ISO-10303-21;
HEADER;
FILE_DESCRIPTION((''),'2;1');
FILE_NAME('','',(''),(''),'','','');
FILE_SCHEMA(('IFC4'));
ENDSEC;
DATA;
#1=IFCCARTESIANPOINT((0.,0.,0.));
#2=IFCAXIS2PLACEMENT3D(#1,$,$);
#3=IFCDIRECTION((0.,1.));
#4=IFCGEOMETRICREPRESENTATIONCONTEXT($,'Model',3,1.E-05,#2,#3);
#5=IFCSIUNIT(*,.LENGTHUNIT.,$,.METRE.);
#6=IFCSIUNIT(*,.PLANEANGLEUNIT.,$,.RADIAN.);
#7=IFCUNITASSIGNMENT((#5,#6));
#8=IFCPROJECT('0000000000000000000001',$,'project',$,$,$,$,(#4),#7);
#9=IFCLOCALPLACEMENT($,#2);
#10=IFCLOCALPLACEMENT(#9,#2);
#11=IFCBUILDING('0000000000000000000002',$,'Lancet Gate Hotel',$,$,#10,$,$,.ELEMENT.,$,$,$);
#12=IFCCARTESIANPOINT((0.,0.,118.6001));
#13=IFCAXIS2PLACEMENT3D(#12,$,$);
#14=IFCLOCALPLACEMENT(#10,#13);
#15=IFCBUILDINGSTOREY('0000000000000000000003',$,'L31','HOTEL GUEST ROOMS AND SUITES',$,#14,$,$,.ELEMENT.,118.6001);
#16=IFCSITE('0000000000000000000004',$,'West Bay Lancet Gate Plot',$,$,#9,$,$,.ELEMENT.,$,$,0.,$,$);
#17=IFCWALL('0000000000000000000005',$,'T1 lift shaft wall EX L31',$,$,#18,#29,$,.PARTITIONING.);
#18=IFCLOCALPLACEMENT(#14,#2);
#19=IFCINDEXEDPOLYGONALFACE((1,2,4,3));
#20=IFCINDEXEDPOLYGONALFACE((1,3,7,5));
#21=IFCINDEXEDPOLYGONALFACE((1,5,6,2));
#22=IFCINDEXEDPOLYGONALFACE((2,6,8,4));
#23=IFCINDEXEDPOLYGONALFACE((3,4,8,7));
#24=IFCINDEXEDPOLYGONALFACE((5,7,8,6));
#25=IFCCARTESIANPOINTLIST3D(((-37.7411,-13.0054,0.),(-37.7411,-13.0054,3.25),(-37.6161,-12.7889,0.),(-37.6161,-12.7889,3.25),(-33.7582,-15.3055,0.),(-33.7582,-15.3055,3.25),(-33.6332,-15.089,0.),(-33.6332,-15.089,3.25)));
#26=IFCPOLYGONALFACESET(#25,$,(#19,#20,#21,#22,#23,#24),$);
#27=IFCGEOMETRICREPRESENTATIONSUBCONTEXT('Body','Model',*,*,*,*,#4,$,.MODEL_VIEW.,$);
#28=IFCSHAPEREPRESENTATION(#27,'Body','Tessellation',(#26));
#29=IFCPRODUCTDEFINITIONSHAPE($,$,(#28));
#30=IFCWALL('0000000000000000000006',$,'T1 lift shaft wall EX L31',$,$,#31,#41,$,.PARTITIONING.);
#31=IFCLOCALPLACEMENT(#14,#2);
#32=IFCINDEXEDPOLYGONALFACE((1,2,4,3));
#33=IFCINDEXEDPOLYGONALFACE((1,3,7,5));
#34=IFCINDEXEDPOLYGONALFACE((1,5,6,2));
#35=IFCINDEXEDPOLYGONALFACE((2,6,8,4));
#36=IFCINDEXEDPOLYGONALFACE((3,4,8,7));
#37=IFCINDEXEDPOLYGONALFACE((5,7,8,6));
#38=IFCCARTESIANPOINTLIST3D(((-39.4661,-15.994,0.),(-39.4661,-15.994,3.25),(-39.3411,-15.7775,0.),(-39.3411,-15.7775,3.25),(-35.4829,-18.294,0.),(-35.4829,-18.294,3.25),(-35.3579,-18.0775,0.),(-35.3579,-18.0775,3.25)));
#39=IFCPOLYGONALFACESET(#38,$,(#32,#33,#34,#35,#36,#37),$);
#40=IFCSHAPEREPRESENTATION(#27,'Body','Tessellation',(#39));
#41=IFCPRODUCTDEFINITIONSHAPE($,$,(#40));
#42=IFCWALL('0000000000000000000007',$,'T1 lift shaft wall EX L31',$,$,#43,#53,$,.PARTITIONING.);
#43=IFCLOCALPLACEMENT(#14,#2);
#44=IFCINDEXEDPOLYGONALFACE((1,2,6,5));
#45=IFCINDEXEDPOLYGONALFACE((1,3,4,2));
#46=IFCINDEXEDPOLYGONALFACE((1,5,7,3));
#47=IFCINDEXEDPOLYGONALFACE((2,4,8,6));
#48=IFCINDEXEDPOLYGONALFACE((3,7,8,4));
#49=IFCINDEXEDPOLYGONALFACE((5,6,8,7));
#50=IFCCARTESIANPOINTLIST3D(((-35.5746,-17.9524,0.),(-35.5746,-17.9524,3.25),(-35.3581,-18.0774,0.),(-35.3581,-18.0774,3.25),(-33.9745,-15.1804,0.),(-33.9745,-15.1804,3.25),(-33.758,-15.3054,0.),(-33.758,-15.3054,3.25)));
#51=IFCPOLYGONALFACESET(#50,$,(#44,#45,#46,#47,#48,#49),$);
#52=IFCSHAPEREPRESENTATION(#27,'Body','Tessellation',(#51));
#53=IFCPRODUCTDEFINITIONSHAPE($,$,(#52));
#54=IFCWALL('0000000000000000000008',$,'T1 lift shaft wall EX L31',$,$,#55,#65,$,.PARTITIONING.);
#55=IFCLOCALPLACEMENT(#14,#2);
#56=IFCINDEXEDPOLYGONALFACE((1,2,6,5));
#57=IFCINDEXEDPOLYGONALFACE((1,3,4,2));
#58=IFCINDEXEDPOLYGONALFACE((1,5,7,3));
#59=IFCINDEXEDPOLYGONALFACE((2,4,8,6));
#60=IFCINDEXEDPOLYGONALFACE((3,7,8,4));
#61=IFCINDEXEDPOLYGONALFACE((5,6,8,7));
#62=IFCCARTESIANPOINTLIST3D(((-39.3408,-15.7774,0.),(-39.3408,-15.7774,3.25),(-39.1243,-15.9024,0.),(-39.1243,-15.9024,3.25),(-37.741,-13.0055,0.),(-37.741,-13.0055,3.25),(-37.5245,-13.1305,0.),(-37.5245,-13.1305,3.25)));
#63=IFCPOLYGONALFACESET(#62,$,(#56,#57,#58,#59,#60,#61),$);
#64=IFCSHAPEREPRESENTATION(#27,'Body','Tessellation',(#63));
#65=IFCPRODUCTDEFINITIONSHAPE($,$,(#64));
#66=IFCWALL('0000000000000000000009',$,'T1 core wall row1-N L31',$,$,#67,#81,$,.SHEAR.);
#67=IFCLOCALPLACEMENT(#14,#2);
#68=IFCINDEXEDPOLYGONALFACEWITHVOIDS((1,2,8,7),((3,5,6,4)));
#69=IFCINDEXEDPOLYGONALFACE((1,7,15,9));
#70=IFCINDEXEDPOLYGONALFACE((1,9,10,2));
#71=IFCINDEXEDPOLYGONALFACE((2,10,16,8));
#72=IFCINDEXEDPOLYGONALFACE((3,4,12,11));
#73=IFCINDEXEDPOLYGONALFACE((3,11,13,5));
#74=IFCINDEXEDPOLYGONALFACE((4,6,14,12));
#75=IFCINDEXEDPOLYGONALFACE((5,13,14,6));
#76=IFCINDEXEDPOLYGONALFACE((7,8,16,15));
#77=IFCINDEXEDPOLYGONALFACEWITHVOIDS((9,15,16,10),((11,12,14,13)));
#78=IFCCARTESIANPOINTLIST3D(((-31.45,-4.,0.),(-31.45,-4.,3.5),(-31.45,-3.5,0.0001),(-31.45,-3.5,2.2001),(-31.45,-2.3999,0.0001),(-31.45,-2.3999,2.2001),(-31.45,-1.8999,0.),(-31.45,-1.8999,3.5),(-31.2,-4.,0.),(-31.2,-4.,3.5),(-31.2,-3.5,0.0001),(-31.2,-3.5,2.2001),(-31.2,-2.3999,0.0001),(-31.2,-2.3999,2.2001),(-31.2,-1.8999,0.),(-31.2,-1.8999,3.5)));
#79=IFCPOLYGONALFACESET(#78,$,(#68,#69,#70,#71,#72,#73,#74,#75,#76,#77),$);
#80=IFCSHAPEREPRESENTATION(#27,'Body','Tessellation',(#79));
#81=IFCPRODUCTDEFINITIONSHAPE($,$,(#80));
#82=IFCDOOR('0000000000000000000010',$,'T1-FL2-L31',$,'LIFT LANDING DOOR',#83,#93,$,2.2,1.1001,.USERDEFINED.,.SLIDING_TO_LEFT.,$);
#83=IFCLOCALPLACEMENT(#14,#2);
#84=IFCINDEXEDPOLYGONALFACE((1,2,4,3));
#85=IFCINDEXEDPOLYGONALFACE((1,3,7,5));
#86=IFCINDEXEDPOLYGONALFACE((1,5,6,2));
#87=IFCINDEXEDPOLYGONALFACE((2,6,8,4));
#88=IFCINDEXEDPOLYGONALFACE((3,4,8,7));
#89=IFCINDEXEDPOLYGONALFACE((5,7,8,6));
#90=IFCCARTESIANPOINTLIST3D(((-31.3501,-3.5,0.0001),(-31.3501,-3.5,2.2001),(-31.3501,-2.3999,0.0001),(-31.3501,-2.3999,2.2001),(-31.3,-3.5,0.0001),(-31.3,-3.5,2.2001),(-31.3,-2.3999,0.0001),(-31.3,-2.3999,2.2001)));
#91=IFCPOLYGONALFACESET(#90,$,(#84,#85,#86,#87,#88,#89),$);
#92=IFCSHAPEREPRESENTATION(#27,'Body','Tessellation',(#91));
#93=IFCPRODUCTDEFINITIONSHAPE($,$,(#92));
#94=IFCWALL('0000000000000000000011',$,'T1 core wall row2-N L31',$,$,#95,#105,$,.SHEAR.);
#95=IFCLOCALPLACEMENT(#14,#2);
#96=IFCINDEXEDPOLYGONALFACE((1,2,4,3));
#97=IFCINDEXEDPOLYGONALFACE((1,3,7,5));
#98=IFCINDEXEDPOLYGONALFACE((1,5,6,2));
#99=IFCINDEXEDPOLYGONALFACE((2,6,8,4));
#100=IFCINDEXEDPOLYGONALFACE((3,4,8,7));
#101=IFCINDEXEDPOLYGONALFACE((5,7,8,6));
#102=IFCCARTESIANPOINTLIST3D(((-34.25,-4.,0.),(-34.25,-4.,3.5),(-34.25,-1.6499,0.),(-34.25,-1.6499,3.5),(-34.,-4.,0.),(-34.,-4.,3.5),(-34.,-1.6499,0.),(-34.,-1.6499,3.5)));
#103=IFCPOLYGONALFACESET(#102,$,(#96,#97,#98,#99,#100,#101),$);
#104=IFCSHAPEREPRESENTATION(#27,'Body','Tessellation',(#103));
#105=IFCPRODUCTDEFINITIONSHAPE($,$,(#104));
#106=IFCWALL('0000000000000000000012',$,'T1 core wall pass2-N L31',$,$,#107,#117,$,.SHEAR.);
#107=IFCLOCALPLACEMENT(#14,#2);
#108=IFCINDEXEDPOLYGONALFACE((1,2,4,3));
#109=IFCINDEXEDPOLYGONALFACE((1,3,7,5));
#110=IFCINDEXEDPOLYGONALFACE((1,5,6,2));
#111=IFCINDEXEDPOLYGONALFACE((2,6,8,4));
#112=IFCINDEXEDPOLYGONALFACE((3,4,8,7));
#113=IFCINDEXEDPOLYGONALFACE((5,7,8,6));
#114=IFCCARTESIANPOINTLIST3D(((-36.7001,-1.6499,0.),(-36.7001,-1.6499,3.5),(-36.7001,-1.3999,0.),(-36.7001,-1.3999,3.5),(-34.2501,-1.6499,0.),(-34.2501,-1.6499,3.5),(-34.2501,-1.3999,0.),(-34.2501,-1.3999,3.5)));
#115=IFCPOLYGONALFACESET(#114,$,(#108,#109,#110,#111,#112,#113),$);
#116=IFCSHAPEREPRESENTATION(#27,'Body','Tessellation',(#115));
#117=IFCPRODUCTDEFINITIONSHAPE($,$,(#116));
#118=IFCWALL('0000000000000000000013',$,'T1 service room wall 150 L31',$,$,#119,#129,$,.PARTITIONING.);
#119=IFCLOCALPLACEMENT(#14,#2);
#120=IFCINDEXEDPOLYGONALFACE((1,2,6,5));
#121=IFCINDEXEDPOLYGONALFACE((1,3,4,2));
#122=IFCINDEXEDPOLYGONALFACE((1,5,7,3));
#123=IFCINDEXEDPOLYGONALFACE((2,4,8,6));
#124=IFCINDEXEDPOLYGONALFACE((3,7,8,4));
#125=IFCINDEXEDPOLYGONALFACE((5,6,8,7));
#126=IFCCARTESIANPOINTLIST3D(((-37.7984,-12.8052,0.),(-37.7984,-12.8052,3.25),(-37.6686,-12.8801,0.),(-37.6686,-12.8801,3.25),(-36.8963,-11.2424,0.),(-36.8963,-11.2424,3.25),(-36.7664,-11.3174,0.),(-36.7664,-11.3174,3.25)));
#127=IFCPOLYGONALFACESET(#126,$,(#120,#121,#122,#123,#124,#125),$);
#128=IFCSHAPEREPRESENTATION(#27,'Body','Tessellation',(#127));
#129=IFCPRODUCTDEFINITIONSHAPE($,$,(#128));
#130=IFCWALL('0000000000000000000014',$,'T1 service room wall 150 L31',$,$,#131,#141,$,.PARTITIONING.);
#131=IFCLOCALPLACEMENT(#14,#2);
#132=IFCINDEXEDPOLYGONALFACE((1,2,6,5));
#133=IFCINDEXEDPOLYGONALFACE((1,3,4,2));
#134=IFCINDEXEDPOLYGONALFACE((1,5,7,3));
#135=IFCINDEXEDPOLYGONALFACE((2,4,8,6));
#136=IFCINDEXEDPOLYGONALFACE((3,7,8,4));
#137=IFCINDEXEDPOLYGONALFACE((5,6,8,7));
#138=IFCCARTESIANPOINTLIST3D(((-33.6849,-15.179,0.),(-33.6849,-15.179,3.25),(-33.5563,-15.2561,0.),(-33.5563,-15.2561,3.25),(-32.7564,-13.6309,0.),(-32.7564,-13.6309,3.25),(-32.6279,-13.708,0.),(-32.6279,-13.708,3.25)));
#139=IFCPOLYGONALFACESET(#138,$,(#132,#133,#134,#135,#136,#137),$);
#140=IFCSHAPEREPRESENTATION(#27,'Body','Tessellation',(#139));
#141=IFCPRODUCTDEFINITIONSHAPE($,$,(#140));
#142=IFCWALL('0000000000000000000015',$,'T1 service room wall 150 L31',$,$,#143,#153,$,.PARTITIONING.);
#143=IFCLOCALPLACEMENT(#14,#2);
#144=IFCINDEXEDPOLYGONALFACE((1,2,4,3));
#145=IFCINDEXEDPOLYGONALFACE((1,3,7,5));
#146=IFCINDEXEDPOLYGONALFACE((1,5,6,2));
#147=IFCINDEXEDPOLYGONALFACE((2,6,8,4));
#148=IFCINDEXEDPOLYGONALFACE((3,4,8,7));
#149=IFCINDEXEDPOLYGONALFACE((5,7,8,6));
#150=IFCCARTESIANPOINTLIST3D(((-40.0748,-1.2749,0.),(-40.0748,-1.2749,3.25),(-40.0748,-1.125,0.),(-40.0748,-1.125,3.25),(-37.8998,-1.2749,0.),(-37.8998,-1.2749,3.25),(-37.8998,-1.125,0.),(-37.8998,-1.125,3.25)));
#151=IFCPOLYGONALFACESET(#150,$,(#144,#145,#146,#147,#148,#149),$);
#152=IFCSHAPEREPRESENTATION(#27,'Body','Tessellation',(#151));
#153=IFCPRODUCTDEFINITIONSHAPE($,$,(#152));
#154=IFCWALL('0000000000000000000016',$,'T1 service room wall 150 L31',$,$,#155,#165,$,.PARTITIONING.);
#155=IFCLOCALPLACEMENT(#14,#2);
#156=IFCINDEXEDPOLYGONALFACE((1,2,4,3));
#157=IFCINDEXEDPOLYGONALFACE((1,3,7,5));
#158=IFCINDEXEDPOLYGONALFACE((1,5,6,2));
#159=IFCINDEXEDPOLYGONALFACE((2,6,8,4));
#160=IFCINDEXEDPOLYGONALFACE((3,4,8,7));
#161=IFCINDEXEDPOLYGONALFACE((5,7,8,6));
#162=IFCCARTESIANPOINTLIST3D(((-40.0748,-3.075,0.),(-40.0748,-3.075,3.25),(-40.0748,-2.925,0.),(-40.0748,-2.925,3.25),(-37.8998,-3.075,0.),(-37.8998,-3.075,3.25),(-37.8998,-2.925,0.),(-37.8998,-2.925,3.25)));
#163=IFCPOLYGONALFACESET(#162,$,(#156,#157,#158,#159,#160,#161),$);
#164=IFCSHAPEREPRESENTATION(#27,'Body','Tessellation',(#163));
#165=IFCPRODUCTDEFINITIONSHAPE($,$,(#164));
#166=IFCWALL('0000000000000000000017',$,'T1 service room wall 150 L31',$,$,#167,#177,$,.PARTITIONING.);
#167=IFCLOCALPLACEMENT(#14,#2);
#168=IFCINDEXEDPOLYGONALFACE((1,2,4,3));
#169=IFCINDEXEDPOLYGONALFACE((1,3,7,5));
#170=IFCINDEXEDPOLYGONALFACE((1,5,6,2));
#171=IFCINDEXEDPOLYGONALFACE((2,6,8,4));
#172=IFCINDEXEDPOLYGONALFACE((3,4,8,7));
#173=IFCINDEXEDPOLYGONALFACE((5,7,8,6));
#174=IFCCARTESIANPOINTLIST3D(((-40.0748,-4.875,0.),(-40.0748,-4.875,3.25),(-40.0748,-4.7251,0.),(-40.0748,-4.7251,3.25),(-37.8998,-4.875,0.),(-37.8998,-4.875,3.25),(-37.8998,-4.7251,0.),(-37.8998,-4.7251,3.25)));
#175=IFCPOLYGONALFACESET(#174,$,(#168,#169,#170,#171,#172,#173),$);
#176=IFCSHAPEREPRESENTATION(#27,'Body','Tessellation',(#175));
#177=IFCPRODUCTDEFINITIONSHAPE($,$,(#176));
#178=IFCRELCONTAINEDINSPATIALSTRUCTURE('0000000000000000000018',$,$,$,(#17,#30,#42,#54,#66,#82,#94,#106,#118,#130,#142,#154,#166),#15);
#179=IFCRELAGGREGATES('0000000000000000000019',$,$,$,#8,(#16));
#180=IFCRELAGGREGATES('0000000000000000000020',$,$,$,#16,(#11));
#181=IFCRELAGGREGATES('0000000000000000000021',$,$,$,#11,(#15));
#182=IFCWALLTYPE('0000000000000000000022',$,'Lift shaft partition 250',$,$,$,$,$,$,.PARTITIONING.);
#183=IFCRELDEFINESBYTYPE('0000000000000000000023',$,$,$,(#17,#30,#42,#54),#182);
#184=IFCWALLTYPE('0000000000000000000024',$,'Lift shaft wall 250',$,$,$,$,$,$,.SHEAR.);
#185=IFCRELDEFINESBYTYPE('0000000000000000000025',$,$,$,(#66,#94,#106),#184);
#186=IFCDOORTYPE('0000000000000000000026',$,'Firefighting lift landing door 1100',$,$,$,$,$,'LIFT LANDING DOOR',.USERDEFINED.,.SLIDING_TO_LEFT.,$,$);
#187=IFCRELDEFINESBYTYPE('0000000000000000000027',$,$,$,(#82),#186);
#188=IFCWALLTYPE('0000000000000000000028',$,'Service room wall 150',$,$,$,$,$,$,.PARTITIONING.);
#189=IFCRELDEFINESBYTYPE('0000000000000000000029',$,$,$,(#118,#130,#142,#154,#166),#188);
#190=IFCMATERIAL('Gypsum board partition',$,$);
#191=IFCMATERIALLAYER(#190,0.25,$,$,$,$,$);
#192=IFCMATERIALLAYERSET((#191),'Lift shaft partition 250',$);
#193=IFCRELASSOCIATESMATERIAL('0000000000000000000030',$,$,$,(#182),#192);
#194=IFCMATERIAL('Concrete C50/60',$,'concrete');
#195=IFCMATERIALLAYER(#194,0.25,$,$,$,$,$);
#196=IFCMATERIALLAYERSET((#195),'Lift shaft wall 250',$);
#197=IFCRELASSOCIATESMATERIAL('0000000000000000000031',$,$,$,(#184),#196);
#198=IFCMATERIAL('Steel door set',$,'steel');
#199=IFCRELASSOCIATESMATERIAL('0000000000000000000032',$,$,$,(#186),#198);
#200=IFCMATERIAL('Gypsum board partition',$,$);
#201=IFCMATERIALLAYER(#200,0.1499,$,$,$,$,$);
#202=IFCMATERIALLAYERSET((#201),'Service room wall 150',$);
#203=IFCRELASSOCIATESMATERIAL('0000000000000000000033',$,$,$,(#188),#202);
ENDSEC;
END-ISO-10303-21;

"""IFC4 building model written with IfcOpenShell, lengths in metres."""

from ifc_helpers import new_model, si_unit, direction, frame, frame_2d, origin, place, context, subcontext, project, spatial, rectangle, extrude, material, layer, layer_set, type_object, element, fill, save


model = new_model("IFC4")

# Units and contexts
model_context = context("Model", 3, precision=1e-05, world=origin(), true_north=direction((0.0, 1.0)))
body_context = subcontext(model_context, "Body", "Model", "MODEL_VIEW")
ifc_project = project(units=[si_unit("LENGTHUNIT", "METRE"), si_unit("PLANEANGLEUNIT", "RADIAN")], contexts=[model_context])

# Site, building, storey
site_placement = place(None, origin())
site = spatial("IfcSite", under=ifc_project, at=site_placement, Name="West Bay Lancet Gate Plot", CompositionType="ELEMENT", RefElevation=0.0)
building_placement = place(site_placement, origin())
building = spatial("IfcBuilding", under=site, at=building_placement, Name="Lancet Gate Hotel", CompositionType="ELEMENT")
storey_placement = place(building_placement, frame((0.0, 0.0, 118.6001)))
storey = spatial("IfcBuildingStorey", under=building, at=storey_placement, Name="L31", Description="HOTEL GUEST ROOMS AND SUITES", CompositionType="ELEMENT", Elevation=118.6001)

# Walls
ifc_material_1 = material(Name="Gypsum board partition")
ifc_layer_1 = layer(ifc_material_1, 0.25)
ifc_layer_set_1 = layer_set([ifc_layer_1], Name="Lift shaft partition 250")
wall_type_1 = type_object("IfcWallType", Name="Lift shaft partition 250", PredefinedType="PARTITIONING", material=ifc_layer_set_1)
wall_1_placement = place(storey_placement, frame((-33.6956, -15.1973, 0.0), z_axis=(0.0, 0.0, 1.0), x_axis=(-0.865977, 0.500084, 0.0)))
element("IfcWall", 1, at=wall_1_placement, inside=storey, type_object=wall_type_1, Name="T1 lift shaft wall EX L31", PredefinedType="PARTITIONING", context=body_context, shape_type="SweptSolid", body=[
    extrude(rectangle(XDim=4.5994, YDim=0.25, at=frame_2d((2.2998, 0.0))), origin(), (0.0, 0.0, 1.0), 3.25),
])
wall_2_placement = place(storey_placement, frame((-35.4204, -18.1858, 0.0), z_axis=(0.0, 0.0, 1.0), x_axis=(-0.86599, 0.500061, 0.0)))
element("IfcWall", 2, at=wall_2_placement, inside=storey, type_object=wall_type_1, Name="T1 lift shaft wall EX L31", PredefinedType="PARTITIONING", context=body_context, shape_type="SweptSolid", body=[
    extrude(rectangle(XDim=4.5996, YDim=0.25, at=frame_2d((2.2998, 0.0))), origin(), (0.0, 0.0, 1.0), 3.25),
])
wall_3_placement = place(storey_placement, frame((-33.8662, -15.2429, 0.0), z_axis=(0.0, 0.0, 1.0), x_axis=(-0.499929, -0.866066, 0.0)))
element("IfcWall", 3, at=wall_3_placement, inside=storey, type_object=wall_type_1, Name="T1 lift shaft wall EX L31", PredefinedType="PARTITIONING", context=body_context, shape_type="SweptSolid", body=[
    extrude(rectangle(XDim=3.2007, YDim=0.25, at=frame_2d((1.6003, 0.0))), origin(), (0.0, 0.0, 1.0), 3.25),
])
wall_4_placement = place(storey_placement, frame((-37.6328, -13.0681, 0.0), z_axis=(0.0, 0.0, 1.0), x_axis=(-0.499872, -0.866099, 0.0)))
element("IfcWall", 4, at=wall_4_placement, inside=storey, type_object=wall_type_1, Name="T1 lift shaft wall EX L31", PredefinedType="PARTITIONING", context=body_context, shape_type="SweptSolid", body=[
    extrude(rectangle(XDim=3.2004, YDim=0.25, at=frame_2d((1.6001, 0.0))), origin(), (0.0, 0.0, 1.0), 3.25),
])

# Wall, opening, door
ifc_material_2 = material(Name="Concrete C50/60", Category="concrete")
ifc_layer_2 = layer(ifc_material_2, 0.25)
ifc_layer_set_2 = layer_set([ifc_layer_2], Name="Lift shaft wall 250")
wall_type_2 = type_object("IfcWallType", Name="Lift shaft wall 250", PredefinedType="SHEAR", material=ifc_layer_set_2)
wall_5_placement = place(storey_placement, frame((-31.325, -1.8999, 0.0), z_axis=(0.0, 0.0, 1.0), x_axis=(0.0, -1.0, 0.0)))
wall_5 = element("IfcWall", 5, at=wall_5_placement, inside=storey, type_object=wall_type_2, Name="T1 core wall row1-N L31", PredefinedType="SHEAR", context=body_context, shape_type="SweptSolid", body=[
    extrude(rectangle(XDim=2.1001, YDim=0.25, at=frame_2d((1.05, 0.0))), origin(), (0.0, 0.0, 1.0), 3.5),
])
opening_1_placement = place(wall_5_placement, frame((0.5, 0.0, 0.0)))
opening_1 = element("IfcOpeningElement", 6, at=opening_1_placement, cuts=wall_5, PredefinedType="OPENING", context=body_context, shape_type="SweptSolid", body=[
    extrude(rectangle(XDim=1.1001, YDim=2.2, at=frame_2d((0.55, 1.1001))), frame((0.0, 0.135, 0.0), z_axis=(0.0, -1.0, 0.0), x_axis=(1.0, 0.0, 0.0)), (0.0, 0.0, 1.0), 0.27),
])
ifc_material_3 = material(Name="Steel door set", Category="steel")
door_type_1 = type_object("IfcDoorType", Name="Firefighting lift landing door 1100", ElementType="LIFT LANDING DOOR", OperationType="SLIDING_TO_LEFT", PredefinedType="USERDEFINED", material=ifc_material_3)
door_1_placement = place(opening_1_placement, origin())
door_1 = element("IfcDoor", 7, at=door_1_placement, inside=storey, type_object=door_type_1, Name="T1-FL2-L31", ObjectType="LIFT LANDING DOOR", OperationType="SLIDING_TO_LEFT", OverallHeight=2.2, OverallWidth=1.1001, PredefinedType="USERDEFINED", context=body_context, shape_type="SweptSolid", body=[
    extrude(rectangle(XDim=1.1001, YDim=2.2, at=frame_2d((0.55, 1.1001))), frame((0.0, 0.0249, 0.0), z_axis=(0.0, -1.0, 0.0), x_axis=(1.0, 0.0, 0.0)), (0.0, 0.0, 1.0), 0.05),
])
fill(opening_1, door_1)

# Walls
wall_6_placement = place(storey_placement, frame((-34.125, -1.6499, 0.0), z_axis=(0.0, 0.0, 1.0), x_axis=(0.0, -1.0, 0.0)))
element("IfcWall", 8, at=wall_6_placement, inside=storey, type_object=wall_type_2, Name="T1 core wall row2-N L31", PredefinedType="SHEAR", context=body_context, shape_type="SweptSolid", body=[
    extrude(rectangle(XDim=2.3501, YDim=0.25, at=frame_2d((1.175, 0.0))), origin(), (0.0, 0.0, 1.0), 3.5),
])
wall_7_placement = place(storey_placement, frame((-34.25, -1.5249, 0.0), z_axis=(0.0, 0.0, 1.0), x_axis=(-1.0, 0.0, 0.0)))
element("IfcWall", 9, at=wall_7_placement, inside=storey, type_object=wall_type_2, Name="T1 core wall pass2-N L31", PredefinedType="SHEAR", context=body_context, shape_type="SweptSolid", body=[
    extrude(rectangle(XDim=2.45, YDim=0.25, at=frame_2d((1.2251, 0.0))), origin(), (0.0, 0.0, 1.0), 3.5),
])
ifc_material_4 = material(Name="Gypsum board partition")
ifc_layer_3 = layer(ifc_material_4, 0.1499)
ifc_layer_set_3 = layer_set([ifc_layer_3], Name="Service room wall 150")
wall_type_3 = type_object("IfcWallType", Name="Service room wall 150", PredefinedType="PARTITIONING", material=ifc_layer_set_3)
wall_8_placement = place(storey_placement, frame((-36.8313, -11.2798, 0.0), z_axis=(0.0, 0.0, 1.0), x_axis=(-0.499937, -0.866062, 0.0)))
element("IfcWall", 10, at=wall_8_placement, inside=storey, type_object=wall_type_3, Name="T1 service room wall 150 L31", PredefinedType="PARTITIONING", context=body_context, shape_type="SweptSolid", body=[
    extrude(rectangle(XDim=1.8044, YDim=0.1499, at=frame_2d((0.9023, 0.0))), origin(), (0.0, 0.0, 1.0), 3.25),
])
wall_9_placement = place(storey_placement, frame((-33.6206, -15.2175, 0.0), z_axis=(0.0, 0.0, 1.0), x_axis=(0.514337, 0.857588, 0.0)))
element("IfcWall", 11, at=wall_9_placement, inside=storey, type_object=wall_type_3, Name="T1 service room wall 150 L31", PredefinedType="PARTITIONING", context=body_context, shape_type="SweptSolid", body=[
    extrude(rectangle(XDim=1.8052, YDim=0.1499, at=frame_2d((0.9026, 0.0))), origin(), (0.0, 0.0, 1.0), 3.25),
])
for number, where, z_axis, x_axis, name in (
    (12, (-37.8999, -1.2, 0.0), (0.0, 0.0, 1.0), (-1.0, 0.0, 0.0), "T1 service room wall 150 L31"),
    (13, (-37.8999, -3.0, 0.0), (0.0, 0.0, 1.0), (-1.0, 0.0, 0.0), "T1 service room wall 150 L31"),
    (14, (-37.8999, -4.8, 0.0), (0.0, 0.0, 1.0), (-1.0, 0.0, 0.0), "T1 service room wall 150 L31"),
):
    element("IfcWall", number, at=place(storey_placement, frame(where, z_axis=z_axis, x_axis=x_axis)), inside=storey, type_object=wall_type_3, Name=name, PredefinedType="PARTITIONING", context=body_context, shape_type="SweptSolid", body=[
        extrude(rectangle(XDim=2.175, YDim=0.1499, at=frame_2d((1.0874, 0.0))), origin(), (0.0, 0.0, 1.0), 3.25),
    ])

save(model, "model.ifc")
